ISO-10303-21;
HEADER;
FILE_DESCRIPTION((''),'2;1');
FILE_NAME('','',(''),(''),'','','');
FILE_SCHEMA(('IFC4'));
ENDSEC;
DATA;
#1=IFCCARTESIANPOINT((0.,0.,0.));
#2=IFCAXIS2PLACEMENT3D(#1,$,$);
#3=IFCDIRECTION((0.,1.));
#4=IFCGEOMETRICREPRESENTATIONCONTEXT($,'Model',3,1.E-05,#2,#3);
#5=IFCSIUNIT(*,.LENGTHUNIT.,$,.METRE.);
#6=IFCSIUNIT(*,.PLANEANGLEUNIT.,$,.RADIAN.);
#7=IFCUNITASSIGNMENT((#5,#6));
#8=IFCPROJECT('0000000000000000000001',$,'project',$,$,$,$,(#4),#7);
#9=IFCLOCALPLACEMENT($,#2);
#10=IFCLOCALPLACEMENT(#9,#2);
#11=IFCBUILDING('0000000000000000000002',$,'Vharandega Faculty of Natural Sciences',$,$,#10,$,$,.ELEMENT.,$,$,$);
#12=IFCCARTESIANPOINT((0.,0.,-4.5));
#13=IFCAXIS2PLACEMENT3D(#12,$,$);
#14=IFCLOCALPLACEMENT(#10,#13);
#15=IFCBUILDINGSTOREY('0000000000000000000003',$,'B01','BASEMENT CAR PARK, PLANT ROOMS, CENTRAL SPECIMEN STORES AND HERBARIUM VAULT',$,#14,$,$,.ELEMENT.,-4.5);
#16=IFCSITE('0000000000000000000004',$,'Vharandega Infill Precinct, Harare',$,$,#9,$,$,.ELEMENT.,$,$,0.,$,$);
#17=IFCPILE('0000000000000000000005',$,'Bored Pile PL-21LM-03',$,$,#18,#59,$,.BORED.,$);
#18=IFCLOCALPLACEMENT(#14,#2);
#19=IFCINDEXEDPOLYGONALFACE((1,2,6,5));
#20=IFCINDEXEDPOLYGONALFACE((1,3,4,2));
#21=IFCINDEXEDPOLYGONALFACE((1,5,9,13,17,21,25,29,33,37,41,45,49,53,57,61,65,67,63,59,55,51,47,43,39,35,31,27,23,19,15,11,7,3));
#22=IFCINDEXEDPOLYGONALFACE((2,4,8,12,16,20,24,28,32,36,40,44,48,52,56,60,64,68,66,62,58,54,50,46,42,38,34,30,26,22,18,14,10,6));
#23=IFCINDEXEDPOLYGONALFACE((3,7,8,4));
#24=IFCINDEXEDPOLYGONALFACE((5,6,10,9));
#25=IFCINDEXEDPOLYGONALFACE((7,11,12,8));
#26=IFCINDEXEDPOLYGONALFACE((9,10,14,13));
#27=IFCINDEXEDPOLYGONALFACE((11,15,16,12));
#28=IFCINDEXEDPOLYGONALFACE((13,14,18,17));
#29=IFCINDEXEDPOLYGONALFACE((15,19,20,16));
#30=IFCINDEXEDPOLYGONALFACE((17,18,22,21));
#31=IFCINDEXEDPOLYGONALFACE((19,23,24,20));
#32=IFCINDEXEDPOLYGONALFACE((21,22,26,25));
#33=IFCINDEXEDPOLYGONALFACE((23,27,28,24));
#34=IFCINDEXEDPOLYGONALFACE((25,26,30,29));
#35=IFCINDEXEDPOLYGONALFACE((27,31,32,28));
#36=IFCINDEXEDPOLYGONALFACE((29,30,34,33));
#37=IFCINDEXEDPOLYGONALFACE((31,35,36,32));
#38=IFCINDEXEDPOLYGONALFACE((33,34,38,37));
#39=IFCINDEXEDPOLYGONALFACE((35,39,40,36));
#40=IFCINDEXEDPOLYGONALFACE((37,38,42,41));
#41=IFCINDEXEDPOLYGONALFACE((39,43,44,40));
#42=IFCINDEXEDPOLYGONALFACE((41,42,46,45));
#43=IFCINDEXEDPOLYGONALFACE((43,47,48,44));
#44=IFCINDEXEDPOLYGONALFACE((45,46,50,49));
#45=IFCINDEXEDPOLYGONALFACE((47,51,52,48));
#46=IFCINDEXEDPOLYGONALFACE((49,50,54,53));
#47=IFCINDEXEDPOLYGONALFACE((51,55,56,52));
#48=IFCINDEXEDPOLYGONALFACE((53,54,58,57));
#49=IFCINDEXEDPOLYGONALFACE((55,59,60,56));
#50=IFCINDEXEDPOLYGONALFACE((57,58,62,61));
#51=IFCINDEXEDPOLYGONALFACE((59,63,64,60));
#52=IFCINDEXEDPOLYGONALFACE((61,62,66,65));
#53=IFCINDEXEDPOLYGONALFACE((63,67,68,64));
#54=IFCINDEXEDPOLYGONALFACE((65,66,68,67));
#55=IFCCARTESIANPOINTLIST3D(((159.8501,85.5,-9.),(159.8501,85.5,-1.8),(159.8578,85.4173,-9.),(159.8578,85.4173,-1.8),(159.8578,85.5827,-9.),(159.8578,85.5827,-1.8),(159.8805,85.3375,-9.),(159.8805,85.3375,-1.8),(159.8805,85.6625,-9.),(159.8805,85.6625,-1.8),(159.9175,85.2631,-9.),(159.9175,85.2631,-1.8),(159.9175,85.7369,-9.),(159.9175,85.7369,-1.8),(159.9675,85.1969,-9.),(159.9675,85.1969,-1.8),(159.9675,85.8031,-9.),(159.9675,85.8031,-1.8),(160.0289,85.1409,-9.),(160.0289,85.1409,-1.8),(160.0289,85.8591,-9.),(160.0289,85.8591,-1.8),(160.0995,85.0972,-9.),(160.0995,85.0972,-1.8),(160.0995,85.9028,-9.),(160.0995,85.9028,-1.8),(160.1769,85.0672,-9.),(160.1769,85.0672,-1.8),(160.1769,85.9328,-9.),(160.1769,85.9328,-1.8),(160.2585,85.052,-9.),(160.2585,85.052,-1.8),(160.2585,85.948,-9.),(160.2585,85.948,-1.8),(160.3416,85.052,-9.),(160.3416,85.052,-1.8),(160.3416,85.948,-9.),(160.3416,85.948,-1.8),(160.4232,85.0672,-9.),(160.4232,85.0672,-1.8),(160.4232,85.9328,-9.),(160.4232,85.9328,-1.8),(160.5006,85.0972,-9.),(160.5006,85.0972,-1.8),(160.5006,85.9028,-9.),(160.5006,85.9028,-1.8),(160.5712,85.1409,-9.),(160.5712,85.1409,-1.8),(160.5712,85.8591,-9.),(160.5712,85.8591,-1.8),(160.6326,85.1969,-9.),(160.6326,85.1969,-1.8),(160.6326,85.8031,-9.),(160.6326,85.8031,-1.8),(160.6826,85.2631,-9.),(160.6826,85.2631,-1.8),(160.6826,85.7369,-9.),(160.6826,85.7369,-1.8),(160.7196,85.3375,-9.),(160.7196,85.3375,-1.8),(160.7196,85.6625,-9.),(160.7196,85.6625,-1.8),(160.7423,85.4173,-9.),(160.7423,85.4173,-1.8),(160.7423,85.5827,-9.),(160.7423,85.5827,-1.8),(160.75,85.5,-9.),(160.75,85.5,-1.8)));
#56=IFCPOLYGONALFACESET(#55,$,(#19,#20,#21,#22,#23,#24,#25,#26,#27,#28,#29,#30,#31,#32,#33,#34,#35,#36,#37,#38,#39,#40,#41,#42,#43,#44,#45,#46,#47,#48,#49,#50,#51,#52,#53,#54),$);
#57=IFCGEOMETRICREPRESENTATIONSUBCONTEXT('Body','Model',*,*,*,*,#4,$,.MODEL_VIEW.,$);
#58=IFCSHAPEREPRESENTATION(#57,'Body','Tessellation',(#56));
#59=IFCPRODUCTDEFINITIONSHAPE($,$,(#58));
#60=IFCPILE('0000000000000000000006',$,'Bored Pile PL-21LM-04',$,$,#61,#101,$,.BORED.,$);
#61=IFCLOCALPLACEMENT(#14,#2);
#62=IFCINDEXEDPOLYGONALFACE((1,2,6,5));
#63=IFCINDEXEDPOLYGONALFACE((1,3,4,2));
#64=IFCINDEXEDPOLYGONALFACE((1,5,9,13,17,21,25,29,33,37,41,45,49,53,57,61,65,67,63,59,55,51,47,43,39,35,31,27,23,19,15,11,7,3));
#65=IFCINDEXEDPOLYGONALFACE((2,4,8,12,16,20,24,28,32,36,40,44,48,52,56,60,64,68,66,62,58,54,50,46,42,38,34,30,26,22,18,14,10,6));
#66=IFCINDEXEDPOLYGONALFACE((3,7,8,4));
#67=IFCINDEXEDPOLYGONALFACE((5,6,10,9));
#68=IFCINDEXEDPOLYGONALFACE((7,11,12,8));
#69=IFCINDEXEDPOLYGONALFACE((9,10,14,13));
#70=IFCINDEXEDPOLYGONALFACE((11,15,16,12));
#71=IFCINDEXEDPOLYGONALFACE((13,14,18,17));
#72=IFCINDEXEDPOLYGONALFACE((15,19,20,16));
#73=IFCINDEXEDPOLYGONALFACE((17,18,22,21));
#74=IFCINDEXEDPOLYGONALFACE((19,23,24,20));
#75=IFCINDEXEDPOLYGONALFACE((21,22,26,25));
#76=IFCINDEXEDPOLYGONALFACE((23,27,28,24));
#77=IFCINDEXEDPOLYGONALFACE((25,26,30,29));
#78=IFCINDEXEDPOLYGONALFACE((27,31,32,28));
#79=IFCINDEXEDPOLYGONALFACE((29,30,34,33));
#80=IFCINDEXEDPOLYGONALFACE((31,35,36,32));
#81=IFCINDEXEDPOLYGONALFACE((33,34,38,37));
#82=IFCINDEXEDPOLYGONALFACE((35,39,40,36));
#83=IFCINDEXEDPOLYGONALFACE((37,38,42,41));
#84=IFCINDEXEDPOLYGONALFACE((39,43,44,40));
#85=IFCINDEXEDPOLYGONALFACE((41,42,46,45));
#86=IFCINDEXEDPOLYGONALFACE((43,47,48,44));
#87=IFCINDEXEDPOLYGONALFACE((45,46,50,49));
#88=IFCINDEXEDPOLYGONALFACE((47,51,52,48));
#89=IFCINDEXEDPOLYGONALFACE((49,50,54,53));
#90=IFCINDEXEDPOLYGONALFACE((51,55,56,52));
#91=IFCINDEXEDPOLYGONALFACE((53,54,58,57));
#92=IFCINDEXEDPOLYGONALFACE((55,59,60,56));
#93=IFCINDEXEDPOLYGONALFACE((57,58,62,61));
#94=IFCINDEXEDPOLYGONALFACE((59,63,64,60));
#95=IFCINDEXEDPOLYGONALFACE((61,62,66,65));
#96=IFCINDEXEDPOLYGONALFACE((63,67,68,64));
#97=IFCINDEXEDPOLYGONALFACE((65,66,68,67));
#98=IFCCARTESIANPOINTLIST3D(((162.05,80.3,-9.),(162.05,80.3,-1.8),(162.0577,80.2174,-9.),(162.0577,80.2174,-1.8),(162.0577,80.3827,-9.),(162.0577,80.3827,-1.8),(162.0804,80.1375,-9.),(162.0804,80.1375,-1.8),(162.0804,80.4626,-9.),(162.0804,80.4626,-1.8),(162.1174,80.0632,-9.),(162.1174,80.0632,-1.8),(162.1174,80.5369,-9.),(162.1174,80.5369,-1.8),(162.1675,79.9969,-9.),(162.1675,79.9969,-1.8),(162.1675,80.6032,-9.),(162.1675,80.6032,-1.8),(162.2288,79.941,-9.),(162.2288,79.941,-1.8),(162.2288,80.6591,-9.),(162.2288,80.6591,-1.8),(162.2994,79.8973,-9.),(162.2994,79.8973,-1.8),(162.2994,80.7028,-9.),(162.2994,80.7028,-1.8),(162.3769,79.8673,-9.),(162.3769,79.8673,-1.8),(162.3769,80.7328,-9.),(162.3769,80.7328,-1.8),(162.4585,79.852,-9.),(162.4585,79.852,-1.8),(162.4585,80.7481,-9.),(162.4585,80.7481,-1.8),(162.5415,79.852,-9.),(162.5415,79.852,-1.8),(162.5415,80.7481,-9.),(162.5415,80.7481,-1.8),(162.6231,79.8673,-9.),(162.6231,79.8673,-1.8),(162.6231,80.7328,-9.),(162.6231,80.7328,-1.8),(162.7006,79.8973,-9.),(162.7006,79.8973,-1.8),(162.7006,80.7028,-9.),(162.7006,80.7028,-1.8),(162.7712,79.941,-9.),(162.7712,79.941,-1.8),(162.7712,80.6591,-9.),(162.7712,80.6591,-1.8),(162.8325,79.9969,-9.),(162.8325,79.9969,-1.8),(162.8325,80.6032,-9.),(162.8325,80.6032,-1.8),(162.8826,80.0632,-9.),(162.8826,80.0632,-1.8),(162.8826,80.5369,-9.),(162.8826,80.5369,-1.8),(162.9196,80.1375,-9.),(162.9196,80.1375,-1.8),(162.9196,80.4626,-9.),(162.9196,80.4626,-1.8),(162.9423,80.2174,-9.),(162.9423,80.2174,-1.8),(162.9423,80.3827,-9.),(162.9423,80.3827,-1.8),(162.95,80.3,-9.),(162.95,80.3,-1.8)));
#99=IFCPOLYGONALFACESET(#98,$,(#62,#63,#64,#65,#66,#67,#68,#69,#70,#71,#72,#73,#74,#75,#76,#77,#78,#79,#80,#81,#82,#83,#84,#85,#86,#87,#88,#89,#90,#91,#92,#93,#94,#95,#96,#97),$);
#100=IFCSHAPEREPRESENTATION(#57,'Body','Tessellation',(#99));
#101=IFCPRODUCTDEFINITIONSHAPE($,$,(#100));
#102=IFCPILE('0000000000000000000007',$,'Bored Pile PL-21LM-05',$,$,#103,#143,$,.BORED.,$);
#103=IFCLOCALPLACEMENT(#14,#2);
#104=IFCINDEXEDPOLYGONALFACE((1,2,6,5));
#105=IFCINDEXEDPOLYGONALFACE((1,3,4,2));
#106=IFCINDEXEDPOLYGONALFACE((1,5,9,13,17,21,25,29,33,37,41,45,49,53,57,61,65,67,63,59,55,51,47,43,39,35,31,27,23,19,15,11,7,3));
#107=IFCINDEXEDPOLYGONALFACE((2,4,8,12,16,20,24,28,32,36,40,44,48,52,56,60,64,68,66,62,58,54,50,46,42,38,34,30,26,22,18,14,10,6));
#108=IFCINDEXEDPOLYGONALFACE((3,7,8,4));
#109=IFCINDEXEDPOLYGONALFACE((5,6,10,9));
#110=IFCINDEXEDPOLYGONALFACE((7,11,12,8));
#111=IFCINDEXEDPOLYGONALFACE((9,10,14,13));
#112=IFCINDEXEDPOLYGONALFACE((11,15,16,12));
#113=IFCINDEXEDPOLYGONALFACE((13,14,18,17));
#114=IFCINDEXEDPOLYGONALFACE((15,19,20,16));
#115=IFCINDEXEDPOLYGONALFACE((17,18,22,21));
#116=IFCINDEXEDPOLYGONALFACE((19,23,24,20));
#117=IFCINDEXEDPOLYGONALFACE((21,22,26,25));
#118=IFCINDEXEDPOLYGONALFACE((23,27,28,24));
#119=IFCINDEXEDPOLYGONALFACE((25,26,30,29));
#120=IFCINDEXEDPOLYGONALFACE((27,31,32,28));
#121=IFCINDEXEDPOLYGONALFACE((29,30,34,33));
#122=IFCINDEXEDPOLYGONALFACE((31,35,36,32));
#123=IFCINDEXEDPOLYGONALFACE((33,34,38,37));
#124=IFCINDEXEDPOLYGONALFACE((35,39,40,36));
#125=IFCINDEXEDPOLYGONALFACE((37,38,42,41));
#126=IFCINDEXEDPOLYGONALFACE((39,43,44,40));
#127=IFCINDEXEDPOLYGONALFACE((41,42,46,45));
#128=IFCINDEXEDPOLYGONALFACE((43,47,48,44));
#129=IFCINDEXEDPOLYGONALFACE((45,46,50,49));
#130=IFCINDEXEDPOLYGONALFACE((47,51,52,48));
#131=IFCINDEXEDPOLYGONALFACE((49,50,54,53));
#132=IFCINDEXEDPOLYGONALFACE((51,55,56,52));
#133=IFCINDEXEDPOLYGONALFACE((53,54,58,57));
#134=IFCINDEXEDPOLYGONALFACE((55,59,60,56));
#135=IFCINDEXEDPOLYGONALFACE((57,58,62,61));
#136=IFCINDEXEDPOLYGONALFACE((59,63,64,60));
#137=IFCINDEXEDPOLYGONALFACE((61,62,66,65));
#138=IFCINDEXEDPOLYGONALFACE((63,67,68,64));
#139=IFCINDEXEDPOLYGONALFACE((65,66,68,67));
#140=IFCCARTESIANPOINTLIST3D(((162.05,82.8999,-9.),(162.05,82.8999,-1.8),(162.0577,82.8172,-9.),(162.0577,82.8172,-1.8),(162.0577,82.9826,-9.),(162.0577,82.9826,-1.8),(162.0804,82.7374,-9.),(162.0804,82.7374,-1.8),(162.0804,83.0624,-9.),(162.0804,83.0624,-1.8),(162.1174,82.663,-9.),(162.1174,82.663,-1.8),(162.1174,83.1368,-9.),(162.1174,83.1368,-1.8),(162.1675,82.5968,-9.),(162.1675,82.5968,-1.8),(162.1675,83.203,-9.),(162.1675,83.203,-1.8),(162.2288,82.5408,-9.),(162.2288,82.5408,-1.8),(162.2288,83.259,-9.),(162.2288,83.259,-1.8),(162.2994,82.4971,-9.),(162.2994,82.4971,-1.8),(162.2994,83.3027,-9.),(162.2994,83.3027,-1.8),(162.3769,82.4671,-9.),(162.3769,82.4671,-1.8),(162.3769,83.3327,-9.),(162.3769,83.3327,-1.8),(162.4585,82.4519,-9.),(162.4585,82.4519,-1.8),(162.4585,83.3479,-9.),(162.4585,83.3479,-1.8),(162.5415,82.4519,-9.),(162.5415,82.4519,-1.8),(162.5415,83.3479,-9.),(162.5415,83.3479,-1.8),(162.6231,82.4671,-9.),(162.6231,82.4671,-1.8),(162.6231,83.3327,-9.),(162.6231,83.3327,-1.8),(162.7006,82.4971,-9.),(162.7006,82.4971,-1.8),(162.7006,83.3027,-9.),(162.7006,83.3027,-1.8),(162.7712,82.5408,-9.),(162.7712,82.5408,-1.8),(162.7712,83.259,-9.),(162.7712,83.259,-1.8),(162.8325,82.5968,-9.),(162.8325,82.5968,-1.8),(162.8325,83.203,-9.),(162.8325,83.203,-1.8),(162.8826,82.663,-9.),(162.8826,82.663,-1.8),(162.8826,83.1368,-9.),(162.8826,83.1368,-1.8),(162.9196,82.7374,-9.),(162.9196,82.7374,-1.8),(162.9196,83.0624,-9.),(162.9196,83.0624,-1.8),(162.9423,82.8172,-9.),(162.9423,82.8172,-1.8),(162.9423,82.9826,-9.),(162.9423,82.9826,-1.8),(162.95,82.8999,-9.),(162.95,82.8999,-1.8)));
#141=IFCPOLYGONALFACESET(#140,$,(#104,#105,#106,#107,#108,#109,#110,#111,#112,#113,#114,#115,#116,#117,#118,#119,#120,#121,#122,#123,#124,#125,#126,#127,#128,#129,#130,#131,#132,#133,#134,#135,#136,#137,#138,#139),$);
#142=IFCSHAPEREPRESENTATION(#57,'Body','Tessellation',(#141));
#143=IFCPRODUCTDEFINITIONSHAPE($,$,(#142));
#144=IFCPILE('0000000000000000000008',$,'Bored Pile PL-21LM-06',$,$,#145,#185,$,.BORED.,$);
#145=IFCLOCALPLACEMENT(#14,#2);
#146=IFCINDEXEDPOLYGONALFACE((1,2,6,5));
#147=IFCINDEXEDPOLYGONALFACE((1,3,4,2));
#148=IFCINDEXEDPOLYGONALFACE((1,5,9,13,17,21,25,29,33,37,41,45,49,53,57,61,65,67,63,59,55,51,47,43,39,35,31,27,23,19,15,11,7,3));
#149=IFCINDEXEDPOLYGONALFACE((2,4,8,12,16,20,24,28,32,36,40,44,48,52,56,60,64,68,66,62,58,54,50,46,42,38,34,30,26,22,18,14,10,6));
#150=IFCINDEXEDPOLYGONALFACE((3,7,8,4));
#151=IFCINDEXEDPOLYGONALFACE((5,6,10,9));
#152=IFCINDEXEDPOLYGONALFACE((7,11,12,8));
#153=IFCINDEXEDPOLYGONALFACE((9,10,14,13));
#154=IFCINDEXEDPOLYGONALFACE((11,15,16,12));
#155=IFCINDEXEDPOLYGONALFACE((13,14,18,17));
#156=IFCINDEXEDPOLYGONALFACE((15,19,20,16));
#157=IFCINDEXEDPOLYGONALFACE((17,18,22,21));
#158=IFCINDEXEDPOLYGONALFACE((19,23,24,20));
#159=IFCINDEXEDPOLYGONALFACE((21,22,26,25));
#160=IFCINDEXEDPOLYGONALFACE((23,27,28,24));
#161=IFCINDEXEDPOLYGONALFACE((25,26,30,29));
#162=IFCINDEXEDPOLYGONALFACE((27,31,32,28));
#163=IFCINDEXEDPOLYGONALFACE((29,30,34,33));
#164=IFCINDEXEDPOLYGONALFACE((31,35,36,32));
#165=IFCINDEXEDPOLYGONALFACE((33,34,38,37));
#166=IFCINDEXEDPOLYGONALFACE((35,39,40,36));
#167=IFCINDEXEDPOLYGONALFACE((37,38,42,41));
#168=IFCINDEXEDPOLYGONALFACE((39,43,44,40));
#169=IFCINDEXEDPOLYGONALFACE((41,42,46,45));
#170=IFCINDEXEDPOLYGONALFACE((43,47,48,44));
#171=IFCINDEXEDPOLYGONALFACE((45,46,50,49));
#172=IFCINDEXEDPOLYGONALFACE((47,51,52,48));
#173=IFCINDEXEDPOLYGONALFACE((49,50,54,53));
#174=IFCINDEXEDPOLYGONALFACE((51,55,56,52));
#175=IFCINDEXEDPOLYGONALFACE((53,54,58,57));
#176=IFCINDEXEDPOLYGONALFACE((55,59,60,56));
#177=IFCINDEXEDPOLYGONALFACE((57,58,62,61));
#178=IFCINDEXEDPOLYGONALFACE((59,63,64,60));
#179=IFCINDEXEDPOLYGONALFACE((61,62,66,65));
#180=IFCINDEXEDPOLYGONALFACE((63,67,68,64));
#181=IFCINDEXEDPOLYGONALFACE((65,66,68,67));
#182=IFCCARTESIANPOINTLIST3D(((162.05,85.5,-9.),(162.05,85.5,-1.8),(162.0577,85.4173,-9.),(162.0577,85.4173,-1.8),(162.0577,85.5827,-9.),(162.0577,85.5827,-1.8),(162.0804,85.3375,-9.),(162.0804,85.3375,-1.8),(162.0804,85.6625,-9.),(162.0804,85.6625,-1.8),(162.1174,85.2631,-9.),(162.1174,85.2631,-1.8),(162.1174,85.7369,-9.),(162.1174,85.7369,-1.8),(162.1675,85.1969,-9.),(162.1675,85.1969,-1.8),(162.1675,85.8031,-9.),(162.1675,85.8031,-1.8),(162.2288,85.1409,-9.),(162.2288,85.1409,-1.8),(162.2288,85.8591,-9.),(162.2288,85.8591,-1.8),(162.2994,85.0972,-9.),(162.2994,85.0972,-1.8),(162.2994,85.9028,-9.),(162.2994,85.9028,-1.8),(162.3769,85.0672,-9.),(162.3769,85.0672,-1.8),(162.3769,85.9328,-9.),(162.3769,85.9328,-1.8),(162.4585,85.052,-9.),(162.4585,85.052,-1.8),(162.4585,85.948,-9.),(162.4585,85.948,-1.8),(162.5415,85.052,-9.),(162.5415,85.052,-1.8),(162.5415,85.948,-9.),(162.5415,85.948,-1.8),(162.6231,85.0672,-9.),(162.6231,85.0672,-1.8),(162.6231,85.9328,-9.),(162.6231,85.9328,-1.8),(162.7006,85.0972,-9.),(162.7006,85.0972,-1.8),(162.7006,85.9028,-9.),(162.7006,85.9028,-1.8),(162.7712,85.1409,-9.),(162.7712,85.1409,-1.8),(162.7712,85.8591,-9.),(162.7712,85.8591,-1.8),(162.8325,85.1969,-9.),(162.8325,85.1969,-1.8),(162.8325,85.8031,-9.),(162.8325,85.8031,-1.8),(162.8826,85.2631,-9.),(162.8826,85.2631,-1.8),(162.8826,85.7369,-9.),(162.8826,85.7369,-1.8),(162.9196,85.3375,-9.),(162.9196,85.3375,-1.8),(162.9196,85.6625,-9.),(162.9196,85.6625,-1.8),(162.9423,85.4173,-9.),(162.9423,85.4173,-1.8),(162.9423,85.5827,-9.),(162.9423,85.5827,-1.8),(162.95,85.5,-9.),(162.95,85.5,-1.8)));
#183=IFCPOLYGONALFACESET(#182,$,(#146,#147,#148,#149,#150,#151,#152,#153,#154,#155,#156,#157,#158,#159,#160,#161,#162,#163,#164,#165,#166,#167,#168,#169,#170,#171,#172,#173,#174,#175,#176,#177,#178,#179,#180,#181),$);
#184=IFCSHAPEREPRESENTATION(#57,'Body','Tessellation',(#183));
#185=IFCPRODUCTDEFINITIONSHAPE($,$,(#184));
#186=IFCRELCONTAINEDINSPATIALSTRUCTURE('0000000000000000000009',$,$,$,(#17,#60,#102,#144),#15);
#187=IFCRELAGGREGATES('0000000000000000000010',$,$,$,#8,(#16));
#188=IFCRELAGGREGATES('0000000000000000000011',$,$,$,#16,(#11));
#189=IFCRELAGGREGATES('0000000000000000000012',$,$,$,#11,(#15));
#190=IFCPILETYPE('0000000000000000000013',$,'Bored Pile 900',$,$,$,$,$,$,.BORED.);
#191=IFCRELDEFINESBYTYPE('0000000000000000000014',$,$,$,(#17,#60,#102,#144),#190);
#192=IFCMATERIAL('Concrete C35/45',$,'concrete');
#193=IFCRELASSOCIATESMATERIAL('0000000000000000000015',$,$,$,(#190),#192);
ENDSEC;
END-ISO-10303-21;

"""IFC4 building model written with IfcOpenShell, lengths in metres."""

from ifc_helpers import new_model, si_unit, direction, frame, origin, origin_2d, place, context, subcontext, project, spatial, circle, extrude, material, material_profile, profile_set, type_object, element, save


model = new_model("IFC4")

# Units and contexts
model_context = context("Model", 3, precision=1e-05, world=origin(), true_north=direction((0.0, 1.0)))
body_context = subcontext(model_context, "Body", "Model", "MODEL_VIEW")
ifc_project = project(units=[si_unit("LENGTHUNIT", "METRE"), si_unit("PLANEANGLEUNIT", "RADIAN")], contexts=[model_context])

# Site, building, storey
site_placement = place(None, origin())
site = spatial("IfcSite", under=ifc_project, at=site_placement, Name="Vharandega Infill Precinct, Harare", CompositionType="ELEMENT", RefElevation=0.0)
building_placement = place(site_placement, origin())
building = spatial("IfcBuilding", under=site, at=building_placement, Name="Vharandega Faculty of Natural Sciences", CompositionType="ELEMENT")
storey_placement = place(building_placement, frame((0.0, 0.0, -4.5)))
storey = spatial("IfcBuildingStorey", under=building, at=storey_placement, Name="B01", Description="BASEMENT CAR PARK, PLANT ROOMS, CENTRAL SPECIMEN STORES AND HERBARIUM VAULT", CompositionType="ELEMENT", Elevation=-4.5)

# Piles
ifc_material_1 = material(Name="Concrete C35/45", Category="concrete")
ifc_material_profile_1 = material_profile(ifc_material_1, circle(Radius=0.45, at=origin_2d()), Name="PILE 900")
ifc_profile_set_1 = profile_set([ifc_material_profile_1], Name="Concrete C35/45")
pile_type = type_object("IfcPileType", Name="Bored Pile 900", PredefinedType="BORED", material=ifc_profile_set_1)
for number, where, z_axis, x_axis, name in (
    (1, (160.3, 85.5, -1.8), (0.0, 0.0, -1.0), (1.0, 0.0, 0.0), "Bored Pile PL-21LM-03"),
    (2, (162.5, 80.3, -1.8), (0.0, 0.0, -1.0), (1.0, 0.0, 0.0), "Bored Pile PL-21LM-04"),
    (3, (162.5, 82.8999, -1.8), (0.0, 0.0, -1.0), (1.0, 0.0, 0.0), "Bored Pile PL-21LM-05"),
    (4, (162.5, 85.5, -1.8), (0.0, 0.0, -1.0), (1.0, 0.0, 0.0), "Bored Pile PL-21LM-06"),
):
    element("IfcPile", number, at=place(storey_placement, frame(where, z_axis=z_axis, x_axis=x_axis)), inside=storey, type_object=pile_type, Name=name, PredefinedType="BORED", context=body_context, shape_type="SweptSolid", body=[
        extrude(circle(Radius=0.45, at=origin_2d()), origin(), (0.0, 0.0, 1.0), 7.2),
    ])

save(model, "model.ifc")
